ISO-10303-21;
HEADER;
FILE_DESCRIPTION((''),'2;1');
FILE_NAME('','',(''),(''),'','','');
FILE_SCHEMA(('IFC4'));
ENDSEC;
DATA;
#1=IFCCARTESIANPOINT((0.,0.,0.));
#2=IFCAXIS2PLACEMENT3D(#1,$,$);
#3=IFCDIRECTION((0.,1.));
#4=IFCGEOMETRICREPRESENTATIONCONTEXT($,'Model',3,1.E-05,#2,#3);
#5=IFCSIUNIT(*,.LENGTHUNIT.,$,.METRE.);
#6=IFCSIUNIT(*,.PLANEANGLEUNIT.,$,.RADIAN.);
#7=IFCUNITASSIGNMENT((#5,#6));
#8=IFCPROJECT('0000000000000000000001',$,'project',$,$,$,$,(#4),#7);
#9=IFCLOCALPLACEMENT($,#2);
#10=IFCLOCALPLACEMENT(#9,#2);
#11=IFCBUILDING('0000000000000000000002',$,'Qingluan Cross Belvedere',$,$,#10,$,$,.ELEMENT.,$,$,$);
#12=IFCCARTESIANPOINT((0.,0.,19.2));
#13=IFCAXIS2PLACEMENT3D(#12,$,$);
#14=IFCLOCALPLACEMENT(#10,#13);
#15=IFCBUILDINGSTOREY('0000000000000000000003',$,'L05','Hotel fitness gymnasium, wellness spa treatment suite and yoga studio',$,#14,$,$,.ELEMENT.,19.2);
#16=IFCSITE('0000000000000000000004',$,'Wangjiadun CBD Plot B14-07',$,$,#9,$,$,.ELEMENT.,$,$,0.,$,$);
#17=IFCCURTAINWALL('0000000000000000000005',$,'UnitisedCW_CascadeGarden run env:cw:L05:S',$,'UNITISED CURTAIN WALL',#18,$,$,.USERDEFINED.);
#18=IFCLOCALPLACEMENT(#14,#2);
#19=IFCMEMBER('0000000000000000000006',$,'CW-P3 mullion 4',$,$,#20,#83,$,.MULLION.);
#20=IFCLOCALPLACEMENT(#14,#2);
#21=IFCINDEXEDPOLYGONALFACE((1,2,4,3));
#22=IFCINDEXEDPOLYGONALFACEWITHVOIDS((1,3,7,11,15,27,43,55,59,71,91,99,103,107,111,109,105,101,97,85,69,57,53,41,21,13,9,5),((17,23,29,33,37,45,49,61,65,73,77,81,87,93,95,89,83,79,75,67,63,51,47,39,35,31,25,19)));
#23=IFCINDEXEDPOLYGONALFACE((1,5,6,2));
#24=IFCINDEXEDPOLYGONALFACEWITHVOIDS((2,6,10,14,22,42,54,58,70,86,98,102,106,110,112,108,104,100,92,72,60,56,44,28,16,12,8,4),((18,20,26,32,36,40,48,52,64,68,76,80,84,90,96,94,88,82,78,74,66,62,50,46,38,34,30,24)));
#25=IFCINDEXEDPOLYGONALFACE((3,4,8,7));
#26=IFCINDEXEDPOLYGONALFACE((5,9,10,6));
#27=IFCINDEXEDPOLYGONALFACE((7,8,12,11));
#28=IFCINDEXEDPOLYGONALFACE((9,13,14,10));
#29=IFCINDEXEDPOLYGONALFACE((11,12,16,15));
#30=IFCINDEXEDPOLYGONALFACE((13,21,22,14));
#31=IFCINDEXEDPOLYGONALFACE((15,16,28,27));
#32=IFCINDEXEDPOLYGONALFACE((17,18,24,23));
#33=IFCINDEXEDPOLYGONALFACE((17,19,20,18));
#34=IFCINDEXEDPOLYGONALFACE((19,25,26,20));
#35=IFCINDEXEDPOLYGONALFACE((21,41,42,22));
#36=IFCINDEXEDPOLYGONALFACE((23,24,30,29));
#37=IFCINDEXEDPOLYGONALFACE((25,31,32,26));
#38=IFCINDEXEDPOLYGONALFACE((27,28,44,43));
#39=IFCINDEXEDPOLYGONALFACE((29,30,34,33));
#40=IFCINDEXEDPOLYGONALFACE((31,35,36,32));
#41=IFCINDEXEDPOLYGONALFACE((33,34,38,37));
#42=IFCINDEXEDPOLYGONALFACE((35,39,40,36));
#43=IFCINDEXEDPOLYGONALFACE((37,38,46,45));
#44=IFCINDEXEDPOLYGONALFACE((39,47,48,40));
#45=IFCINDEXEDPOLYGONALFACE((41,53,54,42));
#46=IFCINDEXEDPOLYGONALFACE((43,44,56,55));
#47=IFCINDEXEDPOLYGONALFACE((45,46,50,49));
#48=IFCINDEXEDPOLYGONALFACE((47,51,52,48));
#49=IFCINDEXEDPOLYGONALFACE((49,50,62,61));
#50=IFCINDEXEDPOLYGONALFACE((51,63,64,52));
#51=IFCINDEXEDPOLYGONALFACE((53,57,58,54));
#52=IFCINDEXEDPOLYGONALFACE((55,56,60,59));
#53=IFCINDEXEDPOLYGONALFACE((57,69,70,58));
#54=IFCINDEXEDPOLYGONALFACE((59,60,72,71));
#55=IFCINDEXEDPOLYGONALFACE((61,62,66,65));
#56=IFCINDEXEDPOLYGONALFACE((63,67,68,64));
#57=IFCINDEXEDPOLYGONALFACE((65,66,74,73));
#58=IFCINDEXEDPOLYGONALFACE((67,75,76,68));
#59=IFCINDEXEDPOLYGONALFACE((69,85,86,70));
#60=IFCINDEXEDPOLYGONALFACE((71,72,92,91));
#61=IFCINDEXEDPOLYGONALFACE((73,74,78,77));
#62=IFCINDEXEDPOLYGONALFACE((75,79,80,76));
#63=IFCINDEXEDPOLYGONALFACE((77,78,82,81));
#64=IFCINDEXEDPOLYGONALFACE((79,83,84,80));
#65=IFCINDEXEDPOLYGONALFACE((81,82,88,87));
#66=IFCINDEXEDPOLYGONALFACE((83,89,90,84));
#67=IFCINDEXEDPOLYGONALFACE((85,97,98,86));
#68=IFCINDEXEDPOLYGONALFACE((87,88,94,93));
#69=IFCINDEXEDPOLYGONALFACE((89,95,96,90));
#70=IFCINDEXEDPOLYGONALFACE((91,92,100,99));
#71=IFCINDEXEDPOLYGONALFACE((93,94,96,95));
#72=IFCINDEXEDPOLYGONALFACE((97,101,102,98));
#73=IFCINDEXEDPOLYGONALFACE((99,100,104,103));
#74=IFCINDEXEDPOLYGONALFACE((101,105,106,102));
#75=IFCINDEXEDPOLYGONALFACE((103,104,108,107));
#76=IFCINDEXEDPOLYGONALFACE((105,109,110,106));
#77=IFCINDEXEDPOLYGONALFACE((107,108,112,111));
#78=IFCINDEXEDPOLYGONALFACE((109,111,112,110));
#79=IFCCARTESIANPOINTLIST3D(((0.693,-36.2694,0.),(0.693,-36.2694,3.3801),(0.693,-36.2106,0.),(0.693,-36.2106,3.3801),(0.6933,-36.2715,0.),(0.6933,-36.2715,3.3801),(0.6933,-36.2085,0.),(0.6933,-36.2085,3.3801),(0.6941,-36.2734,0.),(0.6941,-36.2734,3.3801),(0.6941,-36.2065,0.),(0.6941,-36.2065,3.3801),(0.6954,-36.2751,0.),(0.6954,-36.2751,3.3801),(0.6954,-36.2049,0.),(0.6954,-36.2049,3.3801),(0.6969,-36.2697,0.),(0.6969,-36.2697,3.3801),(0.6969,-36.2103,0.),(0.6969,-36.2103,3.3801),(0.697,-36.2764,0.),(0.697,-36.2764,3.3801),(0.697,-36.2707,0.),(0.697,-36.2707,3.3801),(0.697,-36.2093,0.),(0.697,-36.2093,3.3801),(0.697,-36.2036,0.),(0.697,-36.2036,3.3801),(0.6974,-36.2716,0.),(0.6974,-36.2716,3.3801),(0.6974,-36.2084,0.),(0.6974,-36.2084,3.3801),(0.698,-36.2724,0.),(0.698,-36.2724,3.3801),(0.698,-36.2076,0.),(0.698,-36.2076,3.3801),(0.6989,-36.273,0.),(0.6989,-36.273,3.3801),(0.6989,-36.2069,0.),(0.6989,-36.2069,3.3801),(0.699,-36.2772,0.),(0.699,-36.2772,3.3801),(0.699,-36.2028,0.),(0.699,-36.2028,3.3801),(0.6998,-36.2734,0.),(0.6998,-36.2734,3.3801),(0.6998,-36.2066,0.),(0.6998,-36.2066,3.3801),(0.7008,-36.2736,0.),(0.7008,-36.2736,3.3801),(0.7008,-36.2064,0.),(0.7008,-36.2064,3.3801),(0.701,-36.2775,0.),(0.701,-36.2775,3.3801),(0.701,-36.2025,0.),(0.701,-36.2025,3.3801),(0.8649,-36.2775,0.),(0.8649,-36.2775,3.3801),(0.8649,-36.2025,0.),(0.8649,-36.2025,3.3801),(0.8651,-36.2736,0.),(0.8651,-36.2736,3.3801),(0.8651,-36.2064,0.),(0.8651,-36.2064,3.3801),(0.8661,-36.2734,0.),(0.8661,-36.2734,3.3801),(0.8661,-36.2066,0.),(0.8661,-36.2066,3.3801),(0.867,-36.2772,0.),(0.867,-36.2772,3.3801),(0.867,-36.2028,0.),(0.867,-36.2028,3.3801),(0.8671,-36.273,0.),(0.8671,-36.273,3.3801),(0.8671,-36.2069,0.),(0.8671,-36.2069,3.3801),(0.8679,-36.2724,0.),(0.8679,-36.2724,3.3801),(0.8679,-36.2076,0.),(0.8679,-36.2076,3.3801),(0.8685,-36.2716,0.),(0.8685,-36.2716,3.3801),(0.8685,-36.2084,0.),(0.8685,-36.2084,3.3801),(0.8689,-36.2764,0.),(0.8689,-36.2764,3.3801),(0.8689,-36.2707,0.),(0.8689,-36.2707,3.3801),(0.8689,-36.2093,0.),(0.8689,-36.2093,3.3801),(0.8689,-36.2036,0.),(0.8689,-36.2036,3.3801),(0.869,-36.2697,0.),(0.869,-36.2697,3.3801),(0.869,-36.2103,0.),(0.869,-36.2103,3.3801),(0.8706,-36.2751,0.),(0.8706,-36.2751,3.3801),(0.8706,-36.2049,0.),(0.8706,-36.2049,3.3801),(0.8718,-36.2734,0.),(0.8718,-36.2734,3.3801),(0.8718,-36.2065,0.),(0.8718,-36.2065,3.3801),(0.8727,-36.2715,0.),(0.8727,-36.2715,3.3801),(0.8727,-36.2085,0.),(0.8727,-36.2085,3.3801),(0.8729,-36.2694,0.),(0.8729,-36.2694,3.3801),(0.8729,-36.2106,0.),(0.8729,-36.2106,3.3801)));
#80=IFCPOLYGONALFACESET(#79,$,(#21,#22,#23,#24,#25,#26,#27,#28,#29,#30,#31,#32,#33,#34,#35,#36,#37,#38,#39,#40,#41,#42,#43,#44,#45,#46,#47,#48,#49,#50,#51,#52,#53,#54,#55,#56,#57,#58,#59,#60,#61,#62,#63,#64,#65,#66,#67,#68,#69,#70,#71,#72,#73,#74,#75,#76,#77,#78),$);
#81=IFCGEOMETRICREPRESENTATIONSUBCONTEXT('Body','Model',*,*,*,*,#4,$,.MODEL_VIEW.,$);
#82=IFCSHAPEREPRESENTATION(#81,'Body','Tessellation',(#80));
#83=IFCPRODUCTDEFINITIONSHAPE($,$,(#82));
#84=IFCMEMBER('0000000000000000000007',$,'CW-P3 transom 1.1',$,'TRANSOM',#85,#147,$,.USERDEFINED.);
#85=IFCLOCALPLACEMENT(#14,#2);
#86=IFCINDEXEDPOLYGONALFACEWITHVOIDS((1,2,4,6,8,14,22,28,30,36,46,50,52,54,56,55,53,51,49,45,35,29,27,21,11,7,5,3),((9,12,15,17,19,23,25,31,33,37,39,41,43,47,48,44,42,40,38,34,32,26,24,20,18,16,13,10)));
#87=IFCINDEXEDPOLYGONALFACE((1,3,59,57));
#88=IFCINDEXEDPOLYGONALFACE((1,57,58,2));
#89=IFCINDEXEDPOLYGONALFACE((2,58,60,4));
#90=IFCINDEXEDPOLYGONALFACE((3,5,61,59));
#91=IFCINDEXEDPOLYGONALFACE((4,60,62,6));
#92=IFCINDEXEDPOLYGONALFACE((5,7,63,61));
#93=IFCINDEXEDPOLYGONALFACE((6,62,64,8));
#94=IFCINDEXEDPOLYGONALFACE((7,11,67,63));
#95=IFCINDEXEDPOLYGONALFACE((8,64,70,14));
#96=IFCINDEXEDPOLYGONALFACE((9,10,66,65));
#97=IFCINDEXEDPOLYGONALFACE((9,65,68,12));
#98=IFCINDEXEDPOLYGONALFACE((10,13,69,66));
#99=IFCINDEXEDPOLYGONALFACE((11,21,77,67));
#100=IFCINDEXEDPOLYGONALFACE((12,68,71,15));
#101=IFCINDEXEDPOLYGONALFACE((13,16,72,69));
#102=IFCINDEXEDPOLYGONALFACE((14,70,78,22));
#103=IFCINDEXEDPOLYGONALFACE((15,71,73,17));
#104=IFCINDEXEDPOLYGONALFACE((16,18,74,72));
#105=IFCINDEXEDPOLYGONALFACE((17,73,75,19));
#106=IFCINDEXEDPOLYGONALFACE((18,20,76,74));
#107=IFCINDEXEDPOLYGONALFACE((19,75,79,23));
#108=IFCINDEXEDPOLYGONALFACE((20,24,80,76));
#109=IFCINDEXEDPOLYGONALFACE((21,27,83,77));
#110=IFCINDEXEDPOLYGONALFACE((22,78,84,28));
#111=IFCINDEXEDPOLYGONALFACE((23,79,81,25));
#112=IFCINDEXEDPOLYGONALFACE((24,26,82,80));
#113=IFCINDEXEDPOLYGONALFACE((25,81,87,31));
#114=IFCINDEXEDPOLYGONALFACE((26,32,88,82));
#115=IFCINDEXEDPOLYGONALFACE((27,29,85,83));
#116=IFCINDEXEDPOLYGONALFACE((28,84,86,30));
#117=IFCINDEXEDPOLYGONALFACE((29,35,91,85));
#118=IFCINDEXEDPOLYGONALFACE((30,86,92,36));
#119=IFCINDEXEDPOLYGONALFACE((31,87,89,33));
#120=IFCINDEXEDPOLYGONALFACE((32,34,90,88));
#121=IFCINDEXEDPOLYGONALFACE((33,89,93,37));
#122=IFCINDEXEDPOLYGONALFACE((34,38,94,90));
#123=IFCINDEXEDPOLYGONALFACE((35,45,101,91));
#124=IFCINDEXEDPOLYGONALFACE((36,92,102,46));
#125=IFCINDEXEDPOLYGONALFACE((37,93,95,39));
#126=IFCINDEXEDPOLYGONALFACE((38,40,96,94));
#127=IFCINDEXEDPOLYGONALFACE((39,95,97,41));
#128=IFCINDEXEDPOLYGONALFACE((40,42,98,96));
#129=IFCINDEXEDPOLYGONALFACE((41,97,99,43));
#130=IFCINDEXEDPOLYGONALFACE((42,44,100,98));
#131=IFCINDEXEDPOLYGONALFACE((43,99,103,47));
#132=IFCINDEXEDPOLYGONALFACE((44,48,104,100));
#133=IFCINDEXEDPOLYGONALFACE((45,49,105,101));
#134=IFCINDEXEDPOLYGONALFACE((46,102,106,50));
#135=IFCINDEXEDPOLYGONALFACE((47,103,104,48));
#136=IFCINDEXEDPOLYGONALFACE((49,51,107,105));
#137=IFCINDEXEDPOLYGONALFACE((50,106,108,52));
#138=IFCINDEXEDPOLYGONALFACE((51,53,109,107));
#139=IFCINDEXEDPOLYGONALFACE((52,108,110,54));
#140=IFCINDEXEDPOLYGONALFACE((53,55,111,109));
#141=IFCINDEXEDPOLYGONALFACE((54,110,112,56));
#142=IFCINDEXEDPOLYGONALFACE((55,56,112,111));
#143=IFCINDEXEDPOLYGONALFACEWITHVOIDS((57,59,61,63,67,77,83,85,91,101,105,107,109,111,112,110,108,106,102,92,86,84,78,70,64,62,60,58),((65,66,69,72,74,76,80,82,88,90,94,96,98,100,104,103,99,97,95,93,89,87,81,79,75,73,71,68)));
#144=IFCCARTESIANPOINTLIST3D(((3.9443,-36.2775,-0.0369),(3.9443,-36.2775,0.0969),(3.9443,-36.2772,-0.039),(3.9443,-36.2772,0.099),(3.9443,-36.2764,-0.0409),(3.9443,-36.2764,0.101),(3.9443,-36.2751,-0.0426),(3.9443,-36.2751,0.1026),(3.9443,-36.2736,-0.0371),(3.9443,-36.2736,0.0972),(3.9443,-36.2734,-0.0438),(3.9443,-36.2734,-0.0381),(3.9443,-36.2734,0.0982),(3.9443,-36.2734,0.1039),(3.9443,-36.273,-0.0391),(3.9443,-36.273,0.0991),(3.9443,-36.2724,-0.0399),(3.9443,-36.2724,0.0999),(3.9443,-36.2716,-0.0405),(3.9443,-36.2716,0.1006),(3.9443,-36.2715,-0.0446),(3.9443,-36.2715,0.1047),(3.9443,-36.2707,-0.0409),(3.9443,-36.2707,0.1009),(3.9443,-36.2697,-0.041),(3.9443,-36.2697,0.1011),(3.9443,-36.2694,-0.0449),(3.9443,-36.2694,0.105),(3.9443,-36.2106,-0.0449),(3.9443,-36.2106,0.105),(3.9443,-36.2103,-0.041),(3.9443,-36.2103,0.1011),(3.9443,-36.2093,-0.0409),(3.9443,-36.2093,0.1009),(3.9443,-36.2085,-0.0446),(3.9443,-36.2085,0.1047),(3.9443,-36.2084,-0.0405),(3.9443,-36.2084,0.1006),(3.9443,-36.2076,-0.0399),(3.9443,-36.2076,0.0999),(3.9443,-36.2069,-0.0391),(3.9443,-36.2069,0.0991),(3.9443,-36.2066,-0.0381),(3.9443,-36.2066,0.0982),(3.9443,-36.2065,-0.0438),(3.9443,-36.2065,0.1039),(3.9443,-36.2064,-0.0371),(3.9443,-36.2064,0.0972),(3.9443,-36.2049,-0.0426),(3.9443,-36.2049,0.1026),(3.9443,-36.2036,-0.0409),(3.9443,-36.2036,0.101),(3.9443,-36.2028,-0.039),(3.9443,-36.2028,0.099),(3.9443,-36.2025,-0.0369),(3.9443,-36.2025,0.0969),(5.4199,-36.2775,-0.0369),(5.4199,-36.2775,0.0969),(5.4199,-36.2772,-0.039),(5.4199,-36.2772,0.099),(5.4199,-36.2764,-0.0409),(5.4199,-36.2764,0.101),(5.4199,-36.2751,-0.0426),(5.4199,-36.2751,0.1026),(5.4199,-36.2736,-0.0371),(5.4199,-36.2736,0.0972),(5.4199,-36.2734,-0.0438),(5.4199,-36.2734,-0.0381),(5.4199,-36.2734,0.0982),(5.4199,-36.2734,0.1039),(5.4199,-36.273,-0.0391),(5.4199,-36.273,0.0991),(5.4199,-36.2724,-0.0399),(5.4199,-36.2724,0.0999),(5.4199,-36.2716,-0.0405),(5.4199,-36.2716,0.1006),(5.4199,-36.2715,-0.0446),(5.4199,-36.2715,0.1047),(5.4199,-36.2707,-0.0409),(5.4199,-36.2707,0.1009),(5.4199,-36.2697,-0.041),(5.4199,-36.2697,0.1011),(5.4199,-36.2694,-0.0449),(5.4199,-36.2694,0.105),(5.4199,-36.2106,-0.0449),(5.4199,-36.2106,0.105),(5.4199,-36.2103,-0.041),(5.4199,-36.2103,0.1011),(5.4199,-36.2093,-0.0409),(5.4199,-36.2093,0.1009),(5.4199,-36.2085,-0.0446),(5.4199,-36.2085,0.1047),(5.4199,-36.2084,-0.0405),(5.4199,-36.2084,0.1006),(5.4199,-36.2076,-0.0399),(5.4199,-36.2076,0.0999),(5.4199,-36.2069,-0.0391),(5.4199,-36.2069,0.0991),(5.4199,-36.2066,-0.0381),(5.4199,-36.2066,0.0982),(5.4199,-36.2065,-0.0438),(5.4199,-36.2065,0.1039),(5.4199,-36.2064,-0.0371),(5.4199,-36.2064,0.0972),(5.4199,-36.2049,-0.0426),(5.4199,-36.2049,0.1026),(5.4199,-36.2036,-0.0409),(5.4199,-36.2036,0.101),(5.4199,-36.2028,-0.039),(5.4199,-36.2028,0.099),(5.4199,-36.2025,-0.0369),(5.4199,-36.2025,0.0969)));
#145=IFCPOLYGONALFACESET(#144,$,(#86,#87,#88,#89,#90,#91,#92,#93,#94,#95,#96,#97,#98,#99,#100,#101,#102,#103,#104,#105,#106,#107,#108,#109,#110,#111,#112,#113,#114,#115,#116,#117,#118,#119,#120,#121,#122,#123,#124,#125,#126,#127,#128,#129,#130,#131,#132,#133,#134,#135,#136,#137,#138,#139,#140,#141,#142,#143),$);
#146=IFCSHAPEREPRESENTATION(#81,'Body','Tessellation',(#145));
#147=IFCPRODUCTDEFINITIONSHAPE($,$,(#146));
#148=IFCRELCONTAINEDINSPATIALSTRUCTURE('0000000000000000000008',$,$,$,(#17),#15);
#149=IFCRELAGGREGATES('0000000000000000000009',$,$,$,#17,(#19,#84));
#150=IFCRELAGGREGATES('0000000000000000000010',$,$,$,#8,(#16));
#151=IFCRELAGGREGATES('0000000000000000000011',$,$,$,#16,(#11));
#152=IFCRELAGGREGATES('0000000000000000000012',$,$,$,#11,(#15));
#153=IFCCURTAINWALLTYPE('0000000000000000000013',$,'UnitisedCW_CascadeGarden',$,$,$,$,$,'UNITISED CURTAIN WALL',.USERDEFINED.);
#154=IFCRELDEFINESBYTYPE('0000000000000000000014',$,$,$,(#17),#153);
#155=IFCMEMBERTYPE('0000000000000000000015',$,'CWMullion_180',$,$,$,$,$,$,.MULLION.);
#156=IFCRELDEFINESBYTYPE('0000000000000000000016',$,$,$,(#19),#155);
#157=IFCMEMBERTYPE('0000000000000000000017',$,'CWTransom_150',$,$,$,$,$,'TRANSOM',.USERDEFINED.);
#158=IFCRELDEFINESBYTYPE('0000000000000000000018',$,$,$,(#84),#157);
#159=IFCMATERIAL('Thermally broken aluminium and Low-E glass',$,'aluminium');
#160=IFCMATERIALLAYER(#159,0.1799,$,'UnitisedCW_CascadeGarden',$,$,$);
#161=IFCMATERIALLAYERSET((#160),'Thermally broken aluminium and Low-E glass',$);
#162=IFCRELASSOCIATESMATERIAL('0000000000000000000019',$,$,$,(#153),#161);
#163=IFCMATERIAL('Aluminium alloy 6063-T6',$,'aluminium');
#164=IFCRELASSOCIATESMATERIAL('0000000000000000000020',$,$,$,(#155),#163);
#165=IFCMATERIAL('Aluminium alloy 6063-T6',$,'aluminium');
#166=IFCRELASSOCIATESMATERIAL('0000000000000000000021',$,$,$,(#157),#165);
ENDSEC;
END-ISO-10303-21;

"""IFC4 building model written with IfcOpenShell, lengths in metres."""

from ifc_helpers import new_model, si_unit, direction, frame, origin, origin_2d, place, context, subcontext, project, spatial, hollow_rectangle, extrude, material, layer, layer_set, material_profile, profile_set, type_object, element, aggregate, save


model = new_model("IFC4")

# Units and contexts
model_context = context("Model", 3, precision=1e-05, world=origin(), true_north=direction((0.0, 1.0)))
body_context = subcontext(model_context, "Body", "Model", "MODEL_VIEW")
ifc_project = project(units=[si_unit("LENGTHUNIT", "METRE"), si_unit("PLANEANGLEUNIT", "RADIAN")], contexts=[model_context])

# Site, building, storey
site_placement = place(None, origin())
site = spatial("IfcSite", under=ifc_project, at=site_placement, Name="Wangjiadun CBD Plot B14-07", CompositionType="ELEMENT", RefElevation=0.0)
building_placement = place(site_placement, origin())
building = spatial("IfcBuilding", under=site, at=building_placement, Name="Qingluan Cross Belvedere", CompositionType="ELEMENT")
storey_placement = place(building_placement, frame((0.0, 0.0, 19.2)))
storey = spatial("IfcBuildingStorey", under=building, at=storey_placement, Name="L05", Description="Hotel fitness gymnasium, wellness spa treatment suite and yoga studio", CompositionType="ELEMENT", Elevation=19.2)

# Curtain wall, members
ifc_material_1 = material(Name="Thermally broken aluminium and Low-E glass", Category="aluminium")
ifc_layer_1 = layer(ifc_material_1, 0.1799, Name="UnitisedCW_CascadeGarden")
ifc_layer_set_1 = layer_set([ifc_layer_1], Name="Thermally broken aluminium and Low-E glass")
curtain_wall_type = type_object("IfcCurtainWallType", Name="UnitisedCW_CascadeGarden", ElementType="UNITISED CURTAIN WALL", PredefinedType="USERDEFINED", material=ifc_layer_set_1)
curtain_wall_placement = place(storey_placement, origin())
curtain_wall = element("IfcCurtainWall", 1, at=curtain_wall_placement, inside=storey, type_object=curtain_wall_type, Name="UnitisedCW_CascadeGarden run env:cw:L05:S", ObjectType="UNITISED CURTAIN WALL", PredefinedType="USERDEFINED")
ifc_material_2 = material(Name="Aluminium alloy 6063-T6", Category="aluminium")
ifc_material_profile_1 = material_profile(ifc_material_2, hollow_rectangle(XDim=0.075, YDim=0.1799, WallThickness=0.0039, InnerFilletRadius=0.0039, OuterFilletRadius=0.0081, at=origin_2d()), Name="CWM180x75x4")
ifc_profile_set_1 = profile_set([ifc_material_profile_1], Name="Aluminium alloy 6063-T6")
member_type_1 = type_object("IfcMemberType", Name="CWMullion_180", PredefinedType="MULLION", material=ifc_profile_set_1)
member_1_placement = place(storey_placement, frame((0.783, -36.24, 0.0), z_axis=(0.0, 0.0, 1.0), x_axis=(0.0, -1.0, 0.0)))
member_1 = element("IfcMember", 2, at=member_1_placement, type_object=member_type_1, Name="CW-P3 mullion 4", PredefinedType="MULLION", context=body_context, shape_type="SweptSolid", body=[
    extrude(hollow_rectangle(XDim=0.075, YDim=0.1799, WallThickness=0.0039, InnerFilletRadius=0.0039, OuterFilletRadius=0.0081, at=origin_2d()), origin(), (0.0, 0.0, 1.0), 3.3801),
])
ifc_material_3 = material(Name="Aluminium alloy 6063-T6", Category="aluminium")
ifc_material_profile_2 = material_profile(ifc_material_3, hollow_rectangle(XDim=0.075, YDim=0.1499, WallThickness=0.0039, InnerFilletRadius=0.0039, OuterFilletRadius=0.0081, at=origin_2d()), Name="CWT150x75x4")
ifc_profile_set_2 = profile_set([ifc_material_profile_2], Name="Aluminium alloy 6063-T6")
member_type_2 = type_object("IfcMemberType", Name="CWTransom_150", ElementType="TRANSOM", PredefinedType="USERDEFINED", material=ifc_profile_set_2)
member_2_placement = place(storey_placement, frame((5.4199, -36.24, 0.03), z_axis=(-1.0, 0.0, 0.0), x_axis=(0.0, -1.0, 0.0)))
member_2 = element("IfcMember", 3, at=member_2_placement, type_object=member_type_2, Name="CW-P3 transom 1.1", ObjectType="TRANSOM", PredefinedType="USERDEFINED", context=body_context, shape_type="SweptSolid", body=[
    extrude(hollow_rectangle(XDim=0.075, YDim=0.1499, WallThickness=0.0039, InnerFilletRadius=0.0039, OuterFilletRadius=0.0081, at=origin_2d()), origin(), (0.0, 0.0, 1.0), 1.4756),
])
aggregate(curtain_wall, [member_1, member_2])

save(model, "model.ifc")
